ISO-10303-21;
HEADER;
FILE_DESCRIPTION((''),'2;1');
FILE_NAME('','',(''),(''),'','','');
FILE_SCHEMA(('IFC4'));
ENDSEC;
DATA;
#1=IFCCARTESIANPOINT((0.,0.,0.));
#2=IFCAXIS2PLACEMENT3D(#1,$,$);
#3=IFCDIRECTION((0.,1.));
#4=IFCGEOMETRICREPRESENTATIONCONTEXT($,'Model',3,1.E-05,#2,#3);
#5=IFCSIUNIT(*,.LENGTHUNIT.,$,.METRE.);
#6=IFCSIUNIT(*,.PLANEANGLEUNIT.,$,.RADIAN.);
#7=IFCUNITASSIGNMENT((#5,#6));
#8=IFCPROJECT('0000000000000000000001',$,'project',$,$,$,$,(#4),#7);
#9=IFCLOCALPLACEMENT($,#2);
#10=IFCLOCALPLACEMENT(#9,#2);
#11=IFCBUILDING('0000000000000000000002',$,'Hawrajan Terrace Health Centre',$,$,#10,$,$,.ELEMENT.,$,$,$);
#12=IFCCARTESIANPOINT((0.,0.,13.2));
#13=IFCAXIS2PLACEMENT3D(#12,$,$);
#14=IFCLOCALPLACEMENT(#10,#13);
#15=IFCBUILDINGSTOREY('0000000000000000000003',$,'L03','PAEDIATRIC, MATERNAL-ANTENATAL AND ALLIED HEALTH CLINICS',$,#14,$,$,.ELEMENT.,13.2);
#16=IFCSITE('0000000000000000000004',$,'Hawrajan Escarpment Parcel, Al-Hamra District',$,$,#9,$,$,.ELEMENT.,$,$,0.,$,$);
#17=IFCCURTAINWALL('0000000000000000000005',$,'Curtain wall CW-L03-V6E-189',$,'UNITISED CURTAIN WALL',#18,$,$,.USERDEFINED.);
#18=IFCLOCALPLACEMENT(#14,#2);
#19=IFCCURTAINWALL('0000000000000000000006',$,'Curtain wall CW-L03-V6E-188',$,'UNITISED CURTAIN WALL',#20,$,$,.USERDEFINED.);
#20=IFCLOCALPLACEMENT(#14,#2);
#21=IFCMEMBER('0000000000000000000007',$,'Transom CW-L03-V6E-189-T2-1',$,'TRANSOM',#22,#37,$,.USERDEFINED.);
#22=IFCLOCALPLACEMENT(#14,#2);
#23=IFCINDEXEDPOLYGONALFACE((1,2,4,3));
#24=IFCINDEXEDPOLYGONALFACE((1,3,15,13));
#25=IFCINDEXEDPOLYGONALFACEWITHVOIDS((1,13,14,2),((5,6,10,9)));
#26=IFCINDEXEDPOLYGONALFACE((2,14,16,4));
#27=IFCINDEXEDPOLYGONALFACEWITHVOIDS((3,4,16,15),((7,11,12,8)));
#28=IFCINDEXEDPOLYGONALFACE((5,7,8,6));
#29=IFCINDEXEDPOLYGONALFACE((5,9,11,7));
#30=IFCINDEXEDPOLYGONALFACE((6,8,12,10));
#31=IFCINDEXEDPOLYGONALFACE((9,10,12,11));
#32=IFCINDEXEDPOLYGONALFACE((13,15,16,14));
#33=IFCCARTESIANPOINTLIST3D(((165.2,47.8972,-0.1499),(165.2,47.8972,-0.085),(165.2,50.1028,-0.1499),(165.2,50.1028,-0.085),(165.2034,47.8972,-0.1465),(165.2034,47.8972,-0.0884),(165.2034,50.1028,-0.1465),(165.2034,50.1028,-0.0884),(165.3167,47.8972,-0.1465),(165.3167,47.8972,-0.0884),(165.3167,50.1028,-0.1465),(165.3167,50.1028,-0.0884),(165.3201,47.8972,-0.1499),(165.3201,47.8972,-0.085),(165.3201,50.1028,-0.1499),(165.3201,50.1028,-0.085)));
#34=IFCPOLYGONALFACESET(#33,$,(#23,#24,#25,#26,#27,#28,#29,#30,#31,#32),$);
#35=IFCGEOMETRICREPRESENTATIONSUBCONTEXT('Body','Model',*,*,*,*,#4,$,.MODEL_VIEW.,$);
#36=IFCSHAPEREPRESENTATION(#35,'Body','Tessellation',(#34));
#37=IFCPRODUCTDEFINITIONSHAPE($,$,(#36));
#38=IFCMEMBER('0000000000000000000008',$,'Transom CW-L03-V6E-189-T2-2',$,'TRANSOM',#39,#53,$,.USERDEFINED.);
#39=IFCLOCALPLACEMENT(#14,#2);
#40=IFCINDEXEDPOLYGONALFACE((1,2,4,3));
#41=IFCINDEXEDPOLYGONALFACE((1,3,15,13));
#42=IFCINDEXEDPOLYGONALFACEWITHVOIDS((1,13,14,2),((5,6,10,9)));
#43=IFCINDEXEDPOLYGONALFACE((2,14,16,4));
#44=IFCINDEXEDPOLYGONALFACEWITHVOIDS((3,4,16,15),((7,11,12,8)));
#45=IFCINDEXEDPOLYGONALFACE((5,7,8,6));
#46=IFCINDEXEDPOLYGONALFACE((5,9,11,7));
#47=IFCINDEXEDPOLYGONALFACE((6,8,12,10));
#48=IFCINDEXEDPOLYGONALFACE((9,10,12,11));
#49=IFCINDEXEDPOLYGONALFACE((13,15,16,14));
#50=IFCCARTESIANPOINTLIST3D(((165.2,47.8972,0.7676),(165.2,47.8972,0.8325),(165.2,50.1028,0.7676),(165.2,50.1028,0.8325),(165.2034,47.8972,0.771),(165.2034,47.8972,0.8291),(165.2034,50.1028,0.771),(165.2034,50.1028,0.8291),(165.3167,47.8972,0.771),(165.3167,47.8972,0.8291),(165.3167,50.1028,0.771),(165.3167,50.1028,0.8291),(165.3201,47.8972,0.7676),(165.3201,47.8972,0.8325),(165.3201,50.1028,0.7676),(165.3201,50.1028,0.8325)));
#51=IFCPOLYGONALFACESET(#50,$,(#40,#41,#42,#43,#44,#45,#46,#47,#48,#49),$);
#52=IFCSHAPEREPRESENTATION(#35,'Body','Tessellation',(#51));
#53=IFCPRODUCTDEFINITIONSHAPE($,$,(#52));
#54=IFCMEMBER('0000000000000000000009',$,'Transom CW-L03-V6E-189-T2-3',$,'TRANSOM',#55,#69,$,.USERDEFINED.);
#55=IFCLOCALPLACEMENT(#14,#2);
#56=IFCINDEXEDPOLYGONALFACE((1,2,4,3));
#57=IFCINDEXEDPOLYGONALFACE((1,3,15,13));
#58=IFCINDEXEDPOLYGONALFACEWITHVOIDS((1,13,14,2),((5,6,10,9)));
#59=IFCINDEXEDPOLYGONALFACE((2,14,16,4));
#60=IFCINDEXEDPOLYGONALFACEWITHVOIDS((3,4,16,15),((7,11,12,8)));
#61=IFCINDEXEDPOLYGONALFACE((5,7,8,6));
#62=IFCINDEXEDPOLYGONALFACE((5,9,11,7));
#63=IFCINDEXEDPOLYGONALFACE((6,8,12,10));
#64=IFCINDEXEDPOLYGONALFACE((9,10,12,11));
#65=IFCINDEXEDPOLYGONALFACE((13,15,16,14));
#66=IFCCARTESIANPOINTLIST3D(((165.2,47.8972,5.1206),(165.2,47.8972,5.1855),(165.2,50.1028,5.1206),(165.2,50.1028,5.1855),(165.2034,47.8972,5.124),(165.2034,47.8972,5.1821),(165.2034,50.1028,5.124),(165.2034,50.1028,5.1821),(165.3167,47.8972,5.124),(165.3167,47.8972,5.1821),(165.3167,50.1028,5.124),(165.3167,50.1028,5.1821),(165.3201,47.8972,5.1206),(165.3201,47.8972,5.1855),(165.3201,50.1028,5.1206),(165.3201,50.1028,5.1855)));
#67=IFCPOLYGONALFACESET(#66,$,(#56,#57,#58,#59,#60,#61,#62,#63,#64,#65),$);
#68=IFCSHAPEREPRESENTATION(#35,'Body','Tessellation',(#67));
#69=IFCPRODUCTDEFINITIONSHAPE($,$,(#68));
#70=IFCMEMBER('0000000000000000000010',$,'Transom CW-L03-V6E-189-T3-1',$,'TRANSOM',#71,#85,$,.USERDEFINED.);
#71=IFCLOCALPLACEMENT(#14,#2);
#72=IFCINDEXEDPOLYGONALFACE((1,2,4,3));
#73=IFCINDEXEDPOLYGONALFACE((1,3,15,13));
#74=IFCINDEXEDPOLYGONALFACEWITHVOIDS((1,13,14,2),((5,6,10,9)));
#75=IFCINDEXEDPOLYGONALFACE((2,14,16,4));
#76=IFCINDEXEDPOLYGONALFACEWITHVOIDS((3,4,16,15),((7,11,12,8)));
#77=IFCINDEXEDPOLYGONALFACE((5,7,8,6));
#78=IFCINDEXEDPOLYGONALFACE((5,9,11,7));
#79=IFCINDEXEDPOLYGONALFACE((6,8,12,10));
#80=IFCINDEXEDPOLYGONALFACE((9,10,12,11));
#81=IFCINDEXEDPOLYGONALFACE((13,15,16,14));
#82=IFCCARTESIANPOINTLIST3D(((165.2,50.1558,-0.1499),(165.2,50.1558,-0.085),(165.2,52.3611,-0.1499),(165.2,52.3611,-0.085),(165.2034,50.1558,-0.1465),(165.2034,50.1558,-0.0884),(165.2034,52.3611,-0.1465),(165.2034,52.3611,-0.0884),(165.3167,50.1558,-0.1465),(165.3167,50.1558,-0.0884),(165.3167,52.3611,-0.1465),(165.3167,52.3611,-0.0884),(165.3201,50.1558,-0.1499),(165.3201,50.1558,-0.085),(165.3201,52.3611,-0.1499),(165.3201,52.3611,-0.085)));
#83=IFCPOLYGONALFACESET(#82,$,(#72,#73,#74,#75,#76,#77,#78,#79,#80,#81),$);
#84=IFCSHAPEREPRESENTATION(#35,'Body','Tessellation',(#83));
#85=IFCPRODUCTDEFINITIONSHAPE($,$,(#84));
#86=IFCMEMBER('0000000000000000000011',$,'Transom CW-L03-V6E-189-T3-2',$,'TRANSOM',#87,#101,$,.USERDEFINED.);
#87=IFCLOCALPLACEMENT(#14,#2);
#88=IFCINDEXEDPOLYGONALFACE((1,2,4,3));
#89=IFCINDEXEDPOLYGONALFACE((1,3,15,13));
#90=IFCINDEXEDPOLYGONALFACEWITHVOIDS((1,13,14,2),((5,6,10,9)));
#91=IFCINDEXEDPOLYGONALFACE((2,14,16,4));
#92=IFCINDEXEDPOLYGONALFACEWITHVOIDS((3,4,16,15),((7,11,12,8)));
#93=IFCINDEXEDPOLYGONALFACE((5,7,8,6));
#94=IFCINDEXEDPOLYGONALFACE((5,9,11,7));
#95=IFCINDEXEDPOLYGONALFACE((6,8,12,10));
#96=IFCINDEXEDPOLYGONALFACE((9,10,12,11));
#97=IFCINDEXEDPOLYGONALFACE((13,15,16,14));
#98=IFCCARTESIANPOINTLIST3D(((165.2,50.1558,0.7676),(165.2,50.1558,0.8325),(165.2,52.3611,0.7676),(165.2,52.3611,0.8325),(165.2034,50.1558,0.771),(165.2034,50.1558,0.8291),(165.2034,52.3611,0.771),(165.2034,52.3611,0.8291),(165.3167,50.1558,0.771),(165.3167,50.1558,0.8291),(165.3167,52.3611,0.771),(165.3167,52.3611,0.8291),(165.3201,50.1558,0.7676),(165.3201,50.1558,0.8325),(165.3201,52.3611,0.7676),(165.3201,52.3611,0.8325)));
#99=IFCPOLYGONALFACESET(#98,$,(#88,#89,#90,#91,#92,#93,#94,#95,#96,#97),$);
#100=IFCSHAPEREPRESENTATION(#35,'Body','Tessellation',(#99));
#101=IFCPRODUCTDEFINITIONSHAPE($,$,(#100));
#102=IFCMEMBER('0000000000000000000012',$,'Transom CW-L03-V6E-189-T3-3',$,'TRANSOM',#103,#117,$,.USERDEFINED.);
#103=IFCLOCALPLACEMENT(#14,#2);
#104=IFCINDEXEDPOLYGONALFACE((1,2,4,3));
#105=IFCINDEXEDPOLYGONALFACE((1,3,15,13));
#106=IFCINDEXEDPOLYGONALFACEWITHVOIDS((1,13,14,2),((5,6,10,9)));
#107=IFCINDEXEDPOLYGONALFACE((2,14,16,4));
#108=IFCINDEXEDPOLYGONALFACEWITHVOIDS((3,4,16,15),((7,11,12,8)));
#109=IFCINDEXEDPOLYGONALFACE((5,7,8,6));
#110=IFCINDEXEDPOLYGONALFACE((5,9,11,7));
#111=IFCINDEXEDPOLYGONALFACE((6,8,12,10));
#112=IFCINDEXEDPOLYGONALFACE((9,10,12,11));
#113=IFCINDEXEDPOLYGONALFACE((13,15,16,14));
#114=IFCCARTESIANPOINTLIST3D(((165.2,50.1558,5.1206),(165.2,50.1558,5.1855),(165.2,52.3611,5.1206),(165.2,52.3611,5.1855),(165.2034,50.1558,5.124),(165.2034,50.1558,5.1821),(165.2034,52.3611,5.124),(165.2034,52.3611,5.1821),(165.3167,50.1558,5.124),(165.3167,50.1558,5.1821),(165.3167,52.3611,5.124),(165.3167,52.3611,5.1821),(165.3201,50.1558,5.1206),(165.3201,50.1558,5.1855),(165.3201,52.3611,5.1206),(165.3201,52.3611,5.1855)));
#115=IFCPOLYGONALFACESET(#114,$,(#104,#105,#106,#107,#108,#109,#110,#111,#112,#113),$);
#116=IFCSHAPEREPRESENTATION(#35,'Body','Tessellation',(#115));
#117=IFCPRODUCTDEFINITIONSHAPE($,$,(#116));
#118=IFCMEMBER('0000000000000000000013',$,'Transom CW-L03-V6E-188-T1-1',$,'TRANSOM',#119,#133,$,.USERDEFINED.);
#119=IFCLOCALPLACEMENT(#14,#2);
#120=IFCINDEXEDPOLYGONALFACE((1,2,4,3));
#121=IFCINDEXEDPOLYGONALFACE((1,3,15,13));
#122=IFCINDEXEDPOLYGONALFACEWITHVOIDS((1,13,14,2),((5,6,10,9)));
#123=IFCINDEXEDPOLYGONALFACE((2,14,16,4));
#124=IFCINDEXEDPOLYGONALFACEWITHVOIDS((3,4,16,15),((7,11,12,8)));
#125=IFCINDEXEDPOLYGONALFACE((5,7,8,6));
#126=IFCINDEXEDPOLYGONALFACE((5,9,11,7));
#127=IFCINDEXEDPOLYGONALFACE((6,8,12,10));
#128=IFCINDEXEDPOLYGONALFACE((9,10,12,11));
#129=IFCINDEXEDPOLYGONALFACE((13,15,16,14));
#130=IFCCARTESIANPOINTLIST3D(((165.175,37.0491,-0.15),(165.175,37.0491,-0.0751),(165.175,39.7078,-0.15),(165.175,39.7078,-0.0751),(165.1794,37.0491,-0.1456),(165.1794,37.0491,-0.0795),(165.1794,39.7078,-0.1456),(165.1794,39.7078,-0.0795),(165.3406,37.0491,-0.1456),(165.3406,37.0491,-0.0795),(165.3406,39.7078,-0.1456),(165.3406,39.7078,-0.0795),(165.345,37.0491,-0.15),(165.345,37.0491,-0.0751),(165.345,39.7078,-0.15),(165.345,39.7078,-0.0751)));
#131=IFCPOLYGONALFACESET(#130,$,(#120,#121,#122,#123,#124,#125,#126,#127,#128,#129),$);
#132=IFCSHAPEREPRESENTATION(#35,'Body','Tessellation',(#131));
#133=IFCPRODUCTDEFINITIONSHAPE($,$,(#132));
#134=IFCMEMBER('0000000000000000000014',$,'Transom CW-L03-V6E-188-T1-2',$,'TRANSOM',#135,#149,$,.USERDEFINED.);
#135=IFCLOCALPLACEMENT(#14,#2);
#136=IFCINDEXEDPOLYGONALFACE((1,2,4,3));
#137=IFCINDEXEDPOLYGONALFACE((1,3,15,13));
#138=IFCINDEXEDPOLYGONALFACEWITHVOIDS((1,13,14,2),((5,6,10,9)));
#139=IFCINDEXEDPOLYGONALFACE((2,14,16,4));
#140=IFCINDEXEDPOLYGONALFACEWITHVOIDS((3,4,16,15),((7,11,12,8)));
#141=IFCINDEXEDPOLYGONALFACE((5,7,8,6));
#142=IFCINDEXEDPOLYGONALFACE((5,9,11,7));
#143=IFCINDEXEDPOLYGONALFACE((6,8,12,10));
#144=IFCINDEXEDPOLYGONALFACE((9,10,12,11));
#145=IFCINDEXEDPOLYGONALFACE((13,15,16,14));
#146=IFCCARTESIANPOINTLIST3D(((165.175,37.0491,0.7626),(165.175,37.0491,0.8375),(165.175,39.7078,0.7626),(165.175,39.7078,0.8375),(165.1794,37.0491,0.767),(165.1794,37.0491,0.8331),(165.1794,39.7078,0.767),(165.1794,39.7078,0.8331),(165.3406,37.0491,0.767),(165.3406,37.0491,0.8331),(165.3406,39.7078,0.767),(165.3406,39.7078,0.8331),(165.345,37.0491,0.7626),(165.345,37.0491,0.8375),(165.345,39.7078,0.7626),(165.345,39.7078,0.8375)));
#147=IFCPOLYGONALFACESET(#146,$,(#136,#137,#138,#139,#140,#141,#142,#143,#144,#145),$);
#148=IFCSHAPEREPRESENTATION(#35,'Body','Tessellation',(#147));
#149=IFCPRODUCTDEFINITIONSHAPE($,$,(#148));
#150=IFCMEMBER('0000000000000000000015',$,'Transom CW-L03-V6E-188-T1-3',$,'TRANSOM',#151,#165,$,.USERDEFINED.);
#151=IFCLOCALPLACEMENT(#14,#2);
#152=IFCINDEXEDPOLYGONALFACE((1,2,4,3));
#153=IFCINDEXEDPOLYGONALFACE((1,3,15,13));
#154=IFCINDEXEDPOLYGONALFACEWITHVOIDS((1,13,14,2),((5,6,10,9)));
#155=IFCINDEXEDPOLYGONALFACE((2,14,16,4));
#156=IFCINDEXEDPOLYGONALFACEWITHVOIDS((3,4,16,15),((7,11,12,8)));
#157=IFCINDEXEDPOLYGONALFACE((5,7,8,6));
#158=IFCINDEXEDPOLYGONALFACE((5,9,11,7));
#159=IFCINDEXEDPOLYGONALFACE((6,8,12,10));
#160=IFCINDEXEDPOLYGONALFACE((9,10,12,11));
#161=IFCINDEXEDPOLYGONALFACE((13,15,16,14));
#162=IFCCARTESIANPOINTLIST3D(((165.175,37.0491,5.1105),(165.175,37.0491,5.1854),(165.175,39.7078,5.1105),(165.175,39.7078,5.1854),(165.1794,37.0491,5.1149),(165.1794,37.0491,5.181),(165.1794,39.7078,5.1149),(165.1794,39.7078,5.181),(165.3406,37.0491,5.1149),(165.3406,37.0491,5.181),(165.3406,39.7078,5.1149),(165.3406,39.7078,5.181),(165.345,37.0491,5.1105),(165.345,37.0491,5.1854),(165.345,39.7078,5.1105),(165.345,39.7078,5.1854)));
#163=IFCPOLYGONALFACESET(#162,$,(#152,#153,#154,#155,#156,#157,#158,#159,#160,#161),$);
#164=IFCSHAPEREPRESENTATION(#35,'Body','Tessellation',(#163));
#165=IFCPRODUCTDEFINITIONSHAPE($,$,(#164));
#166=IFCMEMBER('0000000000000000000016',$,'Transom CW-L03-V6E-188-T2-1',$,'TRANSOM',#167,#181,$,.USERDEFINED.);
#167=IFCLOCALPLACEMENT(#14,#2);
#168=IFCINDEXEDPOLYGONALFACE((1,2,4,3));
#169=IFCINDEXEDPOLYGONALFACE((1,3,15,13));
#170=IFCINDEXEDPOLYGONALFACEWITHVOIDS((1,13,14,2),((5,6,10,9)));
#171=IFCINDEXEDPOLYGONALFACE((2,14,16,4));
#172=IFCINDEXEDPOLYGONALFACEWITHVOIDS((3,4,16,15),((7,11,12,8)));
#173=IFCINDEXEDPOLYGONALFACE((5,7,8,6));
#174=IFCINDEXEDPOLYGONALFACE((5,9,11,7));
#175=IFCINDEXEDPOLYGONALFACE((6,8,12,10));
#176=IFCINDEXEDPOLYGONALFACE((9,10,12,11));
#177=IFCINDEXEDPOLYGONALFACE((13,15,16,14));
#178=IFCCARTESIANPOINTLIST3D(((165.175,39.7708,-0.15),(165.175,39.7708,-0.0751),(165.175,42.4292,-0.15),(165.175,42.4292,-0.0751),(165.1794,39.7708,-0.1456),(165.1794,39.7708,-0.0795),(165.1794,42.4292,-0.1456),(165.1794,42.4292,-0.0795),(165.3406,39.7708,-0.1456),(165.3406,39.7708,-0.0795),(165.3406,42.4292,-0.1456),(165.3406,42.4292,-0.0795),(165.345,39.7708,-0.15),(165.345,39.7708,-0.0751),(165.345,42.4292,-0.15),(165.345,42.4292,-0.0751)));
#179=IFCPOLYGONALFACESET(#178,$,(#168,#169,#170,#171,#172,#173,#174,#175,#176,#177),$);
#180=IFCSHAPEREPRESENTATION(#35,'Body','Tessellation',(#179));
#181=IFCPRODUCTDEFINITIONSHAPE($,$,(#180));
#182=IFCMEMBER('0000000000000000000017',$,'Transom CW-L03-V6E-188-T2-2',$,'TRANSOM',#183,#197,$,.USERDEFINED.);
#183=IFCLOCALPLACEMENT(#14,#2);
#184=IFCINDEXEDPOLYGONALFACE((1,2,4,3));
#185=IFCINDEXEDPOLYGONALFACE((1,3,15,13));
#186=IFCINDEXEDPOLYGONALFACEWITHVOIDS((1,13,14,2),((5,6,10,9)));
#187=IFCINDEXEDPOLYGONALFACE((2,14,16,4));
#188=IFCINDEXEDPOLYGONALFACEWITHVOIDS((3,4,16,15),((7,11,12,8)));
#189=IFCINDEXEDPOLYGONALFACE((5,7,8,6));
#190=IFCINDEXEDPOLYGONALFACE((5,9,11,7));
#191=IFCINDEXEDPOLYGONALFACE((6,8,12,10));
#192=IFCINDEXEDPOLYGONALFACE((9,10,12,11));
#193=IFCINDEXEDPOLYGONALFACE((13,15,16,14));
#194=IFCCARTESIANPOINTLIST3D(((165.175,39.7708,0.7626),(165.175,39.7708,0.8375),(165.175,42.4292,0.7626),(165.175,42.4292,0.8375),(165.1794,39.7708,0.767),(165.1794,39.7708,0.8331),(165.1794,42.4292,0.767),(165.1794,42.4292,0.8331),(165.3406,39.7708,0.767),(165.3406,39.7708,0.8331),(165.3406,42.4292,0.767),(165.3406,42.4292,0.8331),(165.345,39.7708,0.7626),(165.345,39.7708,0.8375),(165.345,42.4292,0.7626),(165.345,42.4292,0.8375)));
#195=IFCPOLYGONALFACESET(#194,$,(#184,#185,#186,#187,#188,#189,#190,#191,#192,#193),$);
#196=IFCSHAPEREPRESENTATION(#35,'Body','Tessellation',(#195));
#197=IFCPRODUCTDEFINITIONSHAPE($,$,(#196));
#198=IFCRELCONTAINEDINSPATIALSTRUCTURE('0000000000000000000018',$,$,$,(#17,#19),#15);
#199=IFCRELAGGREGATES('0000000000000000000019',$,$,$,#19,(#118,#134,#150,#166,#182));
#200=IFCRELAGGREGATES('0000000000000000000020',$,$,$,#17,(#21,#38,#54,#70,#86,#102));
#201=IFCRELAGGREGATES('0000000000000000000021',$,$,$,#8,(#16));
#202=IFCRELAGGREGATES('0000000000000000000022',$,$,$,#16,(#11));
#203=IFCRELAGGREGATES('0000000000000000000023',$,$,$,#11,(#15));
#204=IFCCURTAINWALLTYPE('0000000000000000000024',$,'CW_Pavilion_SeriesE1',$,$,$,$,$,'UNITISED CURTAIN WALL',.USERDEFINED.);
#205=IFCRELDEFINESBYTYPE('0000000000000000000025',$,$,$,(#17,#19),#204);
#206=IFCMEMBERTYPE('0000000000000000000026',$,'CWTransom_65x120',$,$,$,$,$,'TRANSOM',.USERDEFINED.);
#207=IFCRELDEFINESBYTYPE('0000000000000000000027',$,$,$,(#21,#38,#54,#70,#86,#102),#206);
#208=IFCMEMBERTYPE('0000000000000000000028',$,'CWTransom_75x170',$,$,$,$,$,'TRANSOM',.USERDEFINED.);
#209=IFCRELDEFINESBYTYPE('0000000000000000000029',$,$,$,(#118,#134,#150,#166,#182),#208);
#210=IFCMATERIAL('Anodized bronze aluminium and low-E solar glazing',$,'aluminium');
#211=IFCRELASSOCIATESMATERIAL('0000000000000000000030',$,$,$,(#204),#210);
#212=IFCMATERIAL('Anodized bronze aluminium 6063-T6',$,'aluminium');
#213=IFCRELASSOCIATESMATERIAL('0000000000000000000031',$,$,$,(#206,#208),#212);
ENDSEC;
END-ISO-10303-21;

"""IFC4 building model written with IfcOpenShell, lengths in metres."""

from ifc_helpers import new_model, si_unit, direction, frame, origin, origin_2d, place, context, subcontext, project, spatial, hollow_rectangle, extrude, material, material_profile, profile_set, type_object, element, aggregate, save


model = new_model("IFC4")

# Units and contexts
model_context = context("Model", 3, precision=1e-05, world=origin(), true_north=direction((0.0, 1.0)))
body_context = subcontext(model_context, "Body", "Model", "MODEL_VIEW")
ifc_project = project(units=[si_unit("LENGTHUNIT", "METRE"), si_unit("PLANEANGLEUNIT", "RADIAN")], contexts=[model_context])

# Site, building, storey
site_placement = place(None, origin())
site = spatial("IfcSite", under=ifc_project, at=site_placement, Name="Hawrajan Escarpment Parcel, Al-Hamra District", CompositionType="ELEMENT", RefElevation=0.0)
building_placement = place(site_placement, origin())
building = spatial("IfcBuilding", under=site, at=building_placement, Name="Hawrajan Terrace Health Centre", CompositionType="ELEMENT")
storey_placement = place(building_placement, frame((0.0, 0.0, 13.2)))
storey = spatial("IfcBuildingStorey", under=building, at=storey_placement, Name="L03", Description="PAEDIATRIC, MATERNAL-ANTENATAL AND ALLIED HEALTH CLINICS", CompositionType="ELEMENT", Elevation=13.2)

# Curtain walls
ifc_material_1 = material(Name="Anodized bronze aluminium and low-E solar glazing", Category="aluminium")
curtain_wall_type = type_object("IfcCurtainWallType", Name="CW_Pavilion_SeriesE1", ElementType="UNITISED CURTAIN WALL", PredefinedType="USERDEFINED", material=ifc_material_1)
curtain_wall_1_placement = place(storey_placement, origin())
curtain_wall_1 = element("IfcCurtainWall", 1, at=curtain_wall_1_placement, inside=storey, type_object=curtain_wall_type, Name="Curtain wall CW-L03-V6E-189", ObjectType="UNITISED CURTAIN WALL", PredefinedType="USERDEFINED")
ifc_material_2 = material(Name="Anodized bronze aluminium 6063-T6", Category="aluminium")
curtain_wall_2_placement = place(storey_placement, origin())
curtain_wall_2 = element("IfcCurtainWall", 2, at=curtain_wall_2_placement, inside=storey, type_object=curtain_wall_type, Name="Curtain wall CW-L03-V6E-188", ObjectType="UNITISED CURTAIN WALL", PredefinedType="USERDEFINED")

# Members
ifc_material_profile_1 = material_profile(ifc_material_2, hollow_rectangle(XDim=0.0649, YDim=0.1201, WallThickness=0.0034, at=origin_2d()), Name="CW TRN 65x120")
ifc_profile_set_1 = profile_set([ifc_material_profile_1], Name="Anodized bronze aluminium 6063-T6")
member_type_1 = type_object("IfcMemberType", Name="CWTransom_65x120", ElementType="TRANSOM", PredefinedType="USERDEFINED", material=ifc_profile_set_1)
member_1_placement = place(storey_placement, frame((165.26, 47.8972, -0.1174), z_axis=(0.0, 1.0, 0.0), x_axis=(0.0, 0.0, 1.0)))
member_1 = element("IfcMember", 3, at=member_1_placement, type_object=member_type_1, Name="Transom CW-L03-V6E-189-T2-1", ObjectType="TRANSOM", PredefinedType="USERDEFINED", context=body_context, shape_type="SweptSolid", body=[
    extrude(hollow_rectangle(XDim=0.0649, YDim=0.1201, WallThickness=0.0034, at=origin_2d()), origin(), (0.0, 0.0, 1.0), 2.2056),
])
member_2_placement = place(storey_placement, frame((165.26, 47.8972, 0.8), z_axis=(0.0, 1.0, 0.0), x_axis=(0.0, 0.0, 1.0)))
member_2 = element("IfcMember", 4, at=member_2_placement, type_object=member_type_1, Name="Transom CW-L03-V6E-189-T2-2", ObjectType="TRANSOM", PredefinedType="USERDEFINED", context=body_context, shape_type="SweptSolid", body=[
    extrude(hollow_rectangle(XDim=0.0649, YDim=0.1201, WallThickness=0.0034, at=origin_2d()), origin(), (0.0, 0.0, 1.0), 2.2056),
])
member_3_placement = place(storey_placement, frame((165.26, 47.8972, 5.1531), z_axis=(0.0, 1.0, 0.0), x_axis=(0.0, 0.0, 1.0)))
member_3 = element("IfcMember", 5, at=member_3_placement, type_object=member_type_1, Name="Transom CW-L03-V6E-189-T2-3", ObjectType="TRANSOM", PredefinedType="USERDEFINED", context=body_context, shape_type="SweptSolid", body=[
    extrude(hollow_rectangle(XDim=0.0649, YDim=0.1201, WallThickness=0.0034, at=origin_2d()), origin(), (0.0, 0.0, 1.0), 2.2056),
])
member_4_placement = place(storey_placement, frame((165.26, 50.1558, -0.1174), z_axis=(0.0, 1.0, 0.0), x_axis=(0.0, 0.0, 1.0)))
member_4 = element("IfcMember", 6, at=member_4_placement, type_object=member_type_1, Name="Transom CW-L03-V6E-189-T3-1", ObjectType="TRANSOM", PredefinedType="USERDEFINED", context=body_context, shape_type="SweptSolid", body=[
    extrude(hollow_rectangle(XDim=0.0649, YDim=0.1201, WallThickness=0.0034, at=origin_2d()), origin(), (0.0, 0.0, 1.0), 2.2053),
])
member_5_placement = place(storey_placement, frame((165.26, 50.1558, 0.8), z_axis=(0.0, 1.0, 0.0), x_axis=(0.0, 0.0, 1.0)))
member_5 = element("IfcMember", 7, at=member_5_placement, type_object=member_type_1, Name="Transom CW-L03-V6E-189-T3-2", ObjectType="TRANSOM", PredefinedType="USERDEFINED", context=body_context, shape_type="SweptSolid", body=[
    extrude(hollow_rectangle(XDim=0.0649, YDim=0.1201, WallThickness=0.0034, at=origin_2d()), origin(), (0.0, 0.0, 1.0), 2.2053),
])
member_6_placement = place(storey_placement, frame((165.26, 50.1558, 5.1531), z_axis=(0.0, 1.0, 0.0), x_axis=(0.0, 0.0, 1.0)))
member_6 = element("IfcMember", 8, at=member_6_placement, type_object=member_type_1, Name="Transom CW-L03-V6E-189-T3-3", ObjectType="TRANSOM", PredefinedType="USERDEFINED", context=body_context, shape_type="SweptSolid", body=[
    extrude(hollow_rectangle(XDim=0.0649, YDim=0.1201, WallThickness=0.0034, at=origin_2d()), origin(), (0.0, 0.0, 1.0), 2.2053),
])
ifc_material_profile_2 = material_profile(ifc_material_2, hollow_rectangle(XDim=0.075, YDim=0.1699, WallThickness=0.0044, at=origin_2d()), Name="CW TRN 75x170")
ifc_profile_set_2 = profile_set([ifc_material_profile_2], Name="Anodized bronze aluminium 6063-T6")
member_type_2 = type_object("IfcMemberType", Name="CWTransom_75x170", ElementType="TRANSOM", PredefinedType="USERDEFINED", material=ifc_profile_set_2)
member_7_placement = place(storey_placement, frame((165.26, 37.0491, -0.1125), z_axis=(0.0, 1.0, 0.0), x_axis=(0.0, 0.0, 1.0)))
member_7 = element("IfcMember", 9, at=member_7_placement, type_object=member_type_2, Name="Transom CW-L03-V6E-188-T1-1", ObjectType="TRANSOM", PredefinedType="USERDEFINED", context=body_context, shape_type="SweptSolid", body=[
    extrude(hollow_rectangle(XDim=0.075, YDim=0.1699, WallThickness=0.0044, at=origin_2d()), origin(), (0.0, 0.0, 1.0), 2.6587),
])
member_8_placement = place(storey_placement, frame((165.26, 37.0491, 0.8), z_axis=(0.0, 1.0, 0.0), x_axis=(0.0, 0.0, 1.0)))
member_8 = element("IfcMember", 10, at=member_8_placement, type_object=member_type_2, Name="Transom CW-L03-V6E-188-T1-2", ObjectType="TRANSOM", PredefinedType="USERDEFINED", context=body_context, shape_type="SweptSolid", body=[
    extrude(hollow_rectangle(XDim=0.075, YDim=0.1699, WallThickness=0.0044, at=origin_2d()), origin(), (0.0, 0.0, 1.0), 2.6587),
])
member_9_placement = place(storey_placement, frame((165.26, 37.0491, 5.1479), z_axis=(0.0, 1.0, 0.0), x_axis=(0.0, 0.0, 1.0)))
member_9 = element("IfcMember", 11, at=member_9_placement, type_object=member_type_2, Name="Transom CW-L03-V6E-188-T1-3", ObjectType="TRANSOM", PredefinedType="USERDEFINED", context=body_context, shape_type="SweptSolid", body=[
    extrude(hollow_rectangle(XDim=0.075, YDim=0.1699, WallThickness=0.0044, at=origin_2d()), origin(), (0.0, 0.0, 1.0), 2.6587),
])
member_10_placement = place(storey_placement, frame((165.26, 39.7708, -0.1125), z_axis=(0.0, 1.0, 0.0), x_axis=(0.0, 0.0, 1.0)))
member_10 = element("IfcMember", 12, at=member_10_placement, type_object=member_type_2, Name="Transom CW-L03-V6E-188-T2-1", ObjectType="TRANSOM", PredefinedType="USERDEFINED", context=body_context, shape_type="SweptSolid", body=[
    extrude(hollow_rectangle(XDim=0.075, YDim=0.1699, WallThickness=0.0044, at=origin_2d()), origin(), (0.0, 0.0, 1.0), 2.6584),
])
member_11_placement = place(storey_placement, frame((165.26, 39.7708, 0.8), z_axis=(0.0, 1.0, 0.0), x_axis=(0.0, 0.0, 1.0)))
member_11 = element("IfcMember", 13, at=member_11_placement, type_object=member_type_2, Name="Transom CW-L03-V6E-188-T2-2", ObjectType="TRANSOM", PredefinedType="USERDEFINED", context=body_context, shape_type="SweptSolid", body=[
    extrude(hollow_rectangle(XDim=0.075, YDim=0.1699, WallThickness=0.0044, at=origin_2d()), origin(), (0.0, 0.0, 1.0), 2.6584),
])

aggregate(curtain_wall_2, [member_7, member_8, member_9, member_10, member_11])
aggregate(curtain_wall_1, [member_1, member_2, member_3, member_4, member_5, member_6])

save(model, "model.ifc")
